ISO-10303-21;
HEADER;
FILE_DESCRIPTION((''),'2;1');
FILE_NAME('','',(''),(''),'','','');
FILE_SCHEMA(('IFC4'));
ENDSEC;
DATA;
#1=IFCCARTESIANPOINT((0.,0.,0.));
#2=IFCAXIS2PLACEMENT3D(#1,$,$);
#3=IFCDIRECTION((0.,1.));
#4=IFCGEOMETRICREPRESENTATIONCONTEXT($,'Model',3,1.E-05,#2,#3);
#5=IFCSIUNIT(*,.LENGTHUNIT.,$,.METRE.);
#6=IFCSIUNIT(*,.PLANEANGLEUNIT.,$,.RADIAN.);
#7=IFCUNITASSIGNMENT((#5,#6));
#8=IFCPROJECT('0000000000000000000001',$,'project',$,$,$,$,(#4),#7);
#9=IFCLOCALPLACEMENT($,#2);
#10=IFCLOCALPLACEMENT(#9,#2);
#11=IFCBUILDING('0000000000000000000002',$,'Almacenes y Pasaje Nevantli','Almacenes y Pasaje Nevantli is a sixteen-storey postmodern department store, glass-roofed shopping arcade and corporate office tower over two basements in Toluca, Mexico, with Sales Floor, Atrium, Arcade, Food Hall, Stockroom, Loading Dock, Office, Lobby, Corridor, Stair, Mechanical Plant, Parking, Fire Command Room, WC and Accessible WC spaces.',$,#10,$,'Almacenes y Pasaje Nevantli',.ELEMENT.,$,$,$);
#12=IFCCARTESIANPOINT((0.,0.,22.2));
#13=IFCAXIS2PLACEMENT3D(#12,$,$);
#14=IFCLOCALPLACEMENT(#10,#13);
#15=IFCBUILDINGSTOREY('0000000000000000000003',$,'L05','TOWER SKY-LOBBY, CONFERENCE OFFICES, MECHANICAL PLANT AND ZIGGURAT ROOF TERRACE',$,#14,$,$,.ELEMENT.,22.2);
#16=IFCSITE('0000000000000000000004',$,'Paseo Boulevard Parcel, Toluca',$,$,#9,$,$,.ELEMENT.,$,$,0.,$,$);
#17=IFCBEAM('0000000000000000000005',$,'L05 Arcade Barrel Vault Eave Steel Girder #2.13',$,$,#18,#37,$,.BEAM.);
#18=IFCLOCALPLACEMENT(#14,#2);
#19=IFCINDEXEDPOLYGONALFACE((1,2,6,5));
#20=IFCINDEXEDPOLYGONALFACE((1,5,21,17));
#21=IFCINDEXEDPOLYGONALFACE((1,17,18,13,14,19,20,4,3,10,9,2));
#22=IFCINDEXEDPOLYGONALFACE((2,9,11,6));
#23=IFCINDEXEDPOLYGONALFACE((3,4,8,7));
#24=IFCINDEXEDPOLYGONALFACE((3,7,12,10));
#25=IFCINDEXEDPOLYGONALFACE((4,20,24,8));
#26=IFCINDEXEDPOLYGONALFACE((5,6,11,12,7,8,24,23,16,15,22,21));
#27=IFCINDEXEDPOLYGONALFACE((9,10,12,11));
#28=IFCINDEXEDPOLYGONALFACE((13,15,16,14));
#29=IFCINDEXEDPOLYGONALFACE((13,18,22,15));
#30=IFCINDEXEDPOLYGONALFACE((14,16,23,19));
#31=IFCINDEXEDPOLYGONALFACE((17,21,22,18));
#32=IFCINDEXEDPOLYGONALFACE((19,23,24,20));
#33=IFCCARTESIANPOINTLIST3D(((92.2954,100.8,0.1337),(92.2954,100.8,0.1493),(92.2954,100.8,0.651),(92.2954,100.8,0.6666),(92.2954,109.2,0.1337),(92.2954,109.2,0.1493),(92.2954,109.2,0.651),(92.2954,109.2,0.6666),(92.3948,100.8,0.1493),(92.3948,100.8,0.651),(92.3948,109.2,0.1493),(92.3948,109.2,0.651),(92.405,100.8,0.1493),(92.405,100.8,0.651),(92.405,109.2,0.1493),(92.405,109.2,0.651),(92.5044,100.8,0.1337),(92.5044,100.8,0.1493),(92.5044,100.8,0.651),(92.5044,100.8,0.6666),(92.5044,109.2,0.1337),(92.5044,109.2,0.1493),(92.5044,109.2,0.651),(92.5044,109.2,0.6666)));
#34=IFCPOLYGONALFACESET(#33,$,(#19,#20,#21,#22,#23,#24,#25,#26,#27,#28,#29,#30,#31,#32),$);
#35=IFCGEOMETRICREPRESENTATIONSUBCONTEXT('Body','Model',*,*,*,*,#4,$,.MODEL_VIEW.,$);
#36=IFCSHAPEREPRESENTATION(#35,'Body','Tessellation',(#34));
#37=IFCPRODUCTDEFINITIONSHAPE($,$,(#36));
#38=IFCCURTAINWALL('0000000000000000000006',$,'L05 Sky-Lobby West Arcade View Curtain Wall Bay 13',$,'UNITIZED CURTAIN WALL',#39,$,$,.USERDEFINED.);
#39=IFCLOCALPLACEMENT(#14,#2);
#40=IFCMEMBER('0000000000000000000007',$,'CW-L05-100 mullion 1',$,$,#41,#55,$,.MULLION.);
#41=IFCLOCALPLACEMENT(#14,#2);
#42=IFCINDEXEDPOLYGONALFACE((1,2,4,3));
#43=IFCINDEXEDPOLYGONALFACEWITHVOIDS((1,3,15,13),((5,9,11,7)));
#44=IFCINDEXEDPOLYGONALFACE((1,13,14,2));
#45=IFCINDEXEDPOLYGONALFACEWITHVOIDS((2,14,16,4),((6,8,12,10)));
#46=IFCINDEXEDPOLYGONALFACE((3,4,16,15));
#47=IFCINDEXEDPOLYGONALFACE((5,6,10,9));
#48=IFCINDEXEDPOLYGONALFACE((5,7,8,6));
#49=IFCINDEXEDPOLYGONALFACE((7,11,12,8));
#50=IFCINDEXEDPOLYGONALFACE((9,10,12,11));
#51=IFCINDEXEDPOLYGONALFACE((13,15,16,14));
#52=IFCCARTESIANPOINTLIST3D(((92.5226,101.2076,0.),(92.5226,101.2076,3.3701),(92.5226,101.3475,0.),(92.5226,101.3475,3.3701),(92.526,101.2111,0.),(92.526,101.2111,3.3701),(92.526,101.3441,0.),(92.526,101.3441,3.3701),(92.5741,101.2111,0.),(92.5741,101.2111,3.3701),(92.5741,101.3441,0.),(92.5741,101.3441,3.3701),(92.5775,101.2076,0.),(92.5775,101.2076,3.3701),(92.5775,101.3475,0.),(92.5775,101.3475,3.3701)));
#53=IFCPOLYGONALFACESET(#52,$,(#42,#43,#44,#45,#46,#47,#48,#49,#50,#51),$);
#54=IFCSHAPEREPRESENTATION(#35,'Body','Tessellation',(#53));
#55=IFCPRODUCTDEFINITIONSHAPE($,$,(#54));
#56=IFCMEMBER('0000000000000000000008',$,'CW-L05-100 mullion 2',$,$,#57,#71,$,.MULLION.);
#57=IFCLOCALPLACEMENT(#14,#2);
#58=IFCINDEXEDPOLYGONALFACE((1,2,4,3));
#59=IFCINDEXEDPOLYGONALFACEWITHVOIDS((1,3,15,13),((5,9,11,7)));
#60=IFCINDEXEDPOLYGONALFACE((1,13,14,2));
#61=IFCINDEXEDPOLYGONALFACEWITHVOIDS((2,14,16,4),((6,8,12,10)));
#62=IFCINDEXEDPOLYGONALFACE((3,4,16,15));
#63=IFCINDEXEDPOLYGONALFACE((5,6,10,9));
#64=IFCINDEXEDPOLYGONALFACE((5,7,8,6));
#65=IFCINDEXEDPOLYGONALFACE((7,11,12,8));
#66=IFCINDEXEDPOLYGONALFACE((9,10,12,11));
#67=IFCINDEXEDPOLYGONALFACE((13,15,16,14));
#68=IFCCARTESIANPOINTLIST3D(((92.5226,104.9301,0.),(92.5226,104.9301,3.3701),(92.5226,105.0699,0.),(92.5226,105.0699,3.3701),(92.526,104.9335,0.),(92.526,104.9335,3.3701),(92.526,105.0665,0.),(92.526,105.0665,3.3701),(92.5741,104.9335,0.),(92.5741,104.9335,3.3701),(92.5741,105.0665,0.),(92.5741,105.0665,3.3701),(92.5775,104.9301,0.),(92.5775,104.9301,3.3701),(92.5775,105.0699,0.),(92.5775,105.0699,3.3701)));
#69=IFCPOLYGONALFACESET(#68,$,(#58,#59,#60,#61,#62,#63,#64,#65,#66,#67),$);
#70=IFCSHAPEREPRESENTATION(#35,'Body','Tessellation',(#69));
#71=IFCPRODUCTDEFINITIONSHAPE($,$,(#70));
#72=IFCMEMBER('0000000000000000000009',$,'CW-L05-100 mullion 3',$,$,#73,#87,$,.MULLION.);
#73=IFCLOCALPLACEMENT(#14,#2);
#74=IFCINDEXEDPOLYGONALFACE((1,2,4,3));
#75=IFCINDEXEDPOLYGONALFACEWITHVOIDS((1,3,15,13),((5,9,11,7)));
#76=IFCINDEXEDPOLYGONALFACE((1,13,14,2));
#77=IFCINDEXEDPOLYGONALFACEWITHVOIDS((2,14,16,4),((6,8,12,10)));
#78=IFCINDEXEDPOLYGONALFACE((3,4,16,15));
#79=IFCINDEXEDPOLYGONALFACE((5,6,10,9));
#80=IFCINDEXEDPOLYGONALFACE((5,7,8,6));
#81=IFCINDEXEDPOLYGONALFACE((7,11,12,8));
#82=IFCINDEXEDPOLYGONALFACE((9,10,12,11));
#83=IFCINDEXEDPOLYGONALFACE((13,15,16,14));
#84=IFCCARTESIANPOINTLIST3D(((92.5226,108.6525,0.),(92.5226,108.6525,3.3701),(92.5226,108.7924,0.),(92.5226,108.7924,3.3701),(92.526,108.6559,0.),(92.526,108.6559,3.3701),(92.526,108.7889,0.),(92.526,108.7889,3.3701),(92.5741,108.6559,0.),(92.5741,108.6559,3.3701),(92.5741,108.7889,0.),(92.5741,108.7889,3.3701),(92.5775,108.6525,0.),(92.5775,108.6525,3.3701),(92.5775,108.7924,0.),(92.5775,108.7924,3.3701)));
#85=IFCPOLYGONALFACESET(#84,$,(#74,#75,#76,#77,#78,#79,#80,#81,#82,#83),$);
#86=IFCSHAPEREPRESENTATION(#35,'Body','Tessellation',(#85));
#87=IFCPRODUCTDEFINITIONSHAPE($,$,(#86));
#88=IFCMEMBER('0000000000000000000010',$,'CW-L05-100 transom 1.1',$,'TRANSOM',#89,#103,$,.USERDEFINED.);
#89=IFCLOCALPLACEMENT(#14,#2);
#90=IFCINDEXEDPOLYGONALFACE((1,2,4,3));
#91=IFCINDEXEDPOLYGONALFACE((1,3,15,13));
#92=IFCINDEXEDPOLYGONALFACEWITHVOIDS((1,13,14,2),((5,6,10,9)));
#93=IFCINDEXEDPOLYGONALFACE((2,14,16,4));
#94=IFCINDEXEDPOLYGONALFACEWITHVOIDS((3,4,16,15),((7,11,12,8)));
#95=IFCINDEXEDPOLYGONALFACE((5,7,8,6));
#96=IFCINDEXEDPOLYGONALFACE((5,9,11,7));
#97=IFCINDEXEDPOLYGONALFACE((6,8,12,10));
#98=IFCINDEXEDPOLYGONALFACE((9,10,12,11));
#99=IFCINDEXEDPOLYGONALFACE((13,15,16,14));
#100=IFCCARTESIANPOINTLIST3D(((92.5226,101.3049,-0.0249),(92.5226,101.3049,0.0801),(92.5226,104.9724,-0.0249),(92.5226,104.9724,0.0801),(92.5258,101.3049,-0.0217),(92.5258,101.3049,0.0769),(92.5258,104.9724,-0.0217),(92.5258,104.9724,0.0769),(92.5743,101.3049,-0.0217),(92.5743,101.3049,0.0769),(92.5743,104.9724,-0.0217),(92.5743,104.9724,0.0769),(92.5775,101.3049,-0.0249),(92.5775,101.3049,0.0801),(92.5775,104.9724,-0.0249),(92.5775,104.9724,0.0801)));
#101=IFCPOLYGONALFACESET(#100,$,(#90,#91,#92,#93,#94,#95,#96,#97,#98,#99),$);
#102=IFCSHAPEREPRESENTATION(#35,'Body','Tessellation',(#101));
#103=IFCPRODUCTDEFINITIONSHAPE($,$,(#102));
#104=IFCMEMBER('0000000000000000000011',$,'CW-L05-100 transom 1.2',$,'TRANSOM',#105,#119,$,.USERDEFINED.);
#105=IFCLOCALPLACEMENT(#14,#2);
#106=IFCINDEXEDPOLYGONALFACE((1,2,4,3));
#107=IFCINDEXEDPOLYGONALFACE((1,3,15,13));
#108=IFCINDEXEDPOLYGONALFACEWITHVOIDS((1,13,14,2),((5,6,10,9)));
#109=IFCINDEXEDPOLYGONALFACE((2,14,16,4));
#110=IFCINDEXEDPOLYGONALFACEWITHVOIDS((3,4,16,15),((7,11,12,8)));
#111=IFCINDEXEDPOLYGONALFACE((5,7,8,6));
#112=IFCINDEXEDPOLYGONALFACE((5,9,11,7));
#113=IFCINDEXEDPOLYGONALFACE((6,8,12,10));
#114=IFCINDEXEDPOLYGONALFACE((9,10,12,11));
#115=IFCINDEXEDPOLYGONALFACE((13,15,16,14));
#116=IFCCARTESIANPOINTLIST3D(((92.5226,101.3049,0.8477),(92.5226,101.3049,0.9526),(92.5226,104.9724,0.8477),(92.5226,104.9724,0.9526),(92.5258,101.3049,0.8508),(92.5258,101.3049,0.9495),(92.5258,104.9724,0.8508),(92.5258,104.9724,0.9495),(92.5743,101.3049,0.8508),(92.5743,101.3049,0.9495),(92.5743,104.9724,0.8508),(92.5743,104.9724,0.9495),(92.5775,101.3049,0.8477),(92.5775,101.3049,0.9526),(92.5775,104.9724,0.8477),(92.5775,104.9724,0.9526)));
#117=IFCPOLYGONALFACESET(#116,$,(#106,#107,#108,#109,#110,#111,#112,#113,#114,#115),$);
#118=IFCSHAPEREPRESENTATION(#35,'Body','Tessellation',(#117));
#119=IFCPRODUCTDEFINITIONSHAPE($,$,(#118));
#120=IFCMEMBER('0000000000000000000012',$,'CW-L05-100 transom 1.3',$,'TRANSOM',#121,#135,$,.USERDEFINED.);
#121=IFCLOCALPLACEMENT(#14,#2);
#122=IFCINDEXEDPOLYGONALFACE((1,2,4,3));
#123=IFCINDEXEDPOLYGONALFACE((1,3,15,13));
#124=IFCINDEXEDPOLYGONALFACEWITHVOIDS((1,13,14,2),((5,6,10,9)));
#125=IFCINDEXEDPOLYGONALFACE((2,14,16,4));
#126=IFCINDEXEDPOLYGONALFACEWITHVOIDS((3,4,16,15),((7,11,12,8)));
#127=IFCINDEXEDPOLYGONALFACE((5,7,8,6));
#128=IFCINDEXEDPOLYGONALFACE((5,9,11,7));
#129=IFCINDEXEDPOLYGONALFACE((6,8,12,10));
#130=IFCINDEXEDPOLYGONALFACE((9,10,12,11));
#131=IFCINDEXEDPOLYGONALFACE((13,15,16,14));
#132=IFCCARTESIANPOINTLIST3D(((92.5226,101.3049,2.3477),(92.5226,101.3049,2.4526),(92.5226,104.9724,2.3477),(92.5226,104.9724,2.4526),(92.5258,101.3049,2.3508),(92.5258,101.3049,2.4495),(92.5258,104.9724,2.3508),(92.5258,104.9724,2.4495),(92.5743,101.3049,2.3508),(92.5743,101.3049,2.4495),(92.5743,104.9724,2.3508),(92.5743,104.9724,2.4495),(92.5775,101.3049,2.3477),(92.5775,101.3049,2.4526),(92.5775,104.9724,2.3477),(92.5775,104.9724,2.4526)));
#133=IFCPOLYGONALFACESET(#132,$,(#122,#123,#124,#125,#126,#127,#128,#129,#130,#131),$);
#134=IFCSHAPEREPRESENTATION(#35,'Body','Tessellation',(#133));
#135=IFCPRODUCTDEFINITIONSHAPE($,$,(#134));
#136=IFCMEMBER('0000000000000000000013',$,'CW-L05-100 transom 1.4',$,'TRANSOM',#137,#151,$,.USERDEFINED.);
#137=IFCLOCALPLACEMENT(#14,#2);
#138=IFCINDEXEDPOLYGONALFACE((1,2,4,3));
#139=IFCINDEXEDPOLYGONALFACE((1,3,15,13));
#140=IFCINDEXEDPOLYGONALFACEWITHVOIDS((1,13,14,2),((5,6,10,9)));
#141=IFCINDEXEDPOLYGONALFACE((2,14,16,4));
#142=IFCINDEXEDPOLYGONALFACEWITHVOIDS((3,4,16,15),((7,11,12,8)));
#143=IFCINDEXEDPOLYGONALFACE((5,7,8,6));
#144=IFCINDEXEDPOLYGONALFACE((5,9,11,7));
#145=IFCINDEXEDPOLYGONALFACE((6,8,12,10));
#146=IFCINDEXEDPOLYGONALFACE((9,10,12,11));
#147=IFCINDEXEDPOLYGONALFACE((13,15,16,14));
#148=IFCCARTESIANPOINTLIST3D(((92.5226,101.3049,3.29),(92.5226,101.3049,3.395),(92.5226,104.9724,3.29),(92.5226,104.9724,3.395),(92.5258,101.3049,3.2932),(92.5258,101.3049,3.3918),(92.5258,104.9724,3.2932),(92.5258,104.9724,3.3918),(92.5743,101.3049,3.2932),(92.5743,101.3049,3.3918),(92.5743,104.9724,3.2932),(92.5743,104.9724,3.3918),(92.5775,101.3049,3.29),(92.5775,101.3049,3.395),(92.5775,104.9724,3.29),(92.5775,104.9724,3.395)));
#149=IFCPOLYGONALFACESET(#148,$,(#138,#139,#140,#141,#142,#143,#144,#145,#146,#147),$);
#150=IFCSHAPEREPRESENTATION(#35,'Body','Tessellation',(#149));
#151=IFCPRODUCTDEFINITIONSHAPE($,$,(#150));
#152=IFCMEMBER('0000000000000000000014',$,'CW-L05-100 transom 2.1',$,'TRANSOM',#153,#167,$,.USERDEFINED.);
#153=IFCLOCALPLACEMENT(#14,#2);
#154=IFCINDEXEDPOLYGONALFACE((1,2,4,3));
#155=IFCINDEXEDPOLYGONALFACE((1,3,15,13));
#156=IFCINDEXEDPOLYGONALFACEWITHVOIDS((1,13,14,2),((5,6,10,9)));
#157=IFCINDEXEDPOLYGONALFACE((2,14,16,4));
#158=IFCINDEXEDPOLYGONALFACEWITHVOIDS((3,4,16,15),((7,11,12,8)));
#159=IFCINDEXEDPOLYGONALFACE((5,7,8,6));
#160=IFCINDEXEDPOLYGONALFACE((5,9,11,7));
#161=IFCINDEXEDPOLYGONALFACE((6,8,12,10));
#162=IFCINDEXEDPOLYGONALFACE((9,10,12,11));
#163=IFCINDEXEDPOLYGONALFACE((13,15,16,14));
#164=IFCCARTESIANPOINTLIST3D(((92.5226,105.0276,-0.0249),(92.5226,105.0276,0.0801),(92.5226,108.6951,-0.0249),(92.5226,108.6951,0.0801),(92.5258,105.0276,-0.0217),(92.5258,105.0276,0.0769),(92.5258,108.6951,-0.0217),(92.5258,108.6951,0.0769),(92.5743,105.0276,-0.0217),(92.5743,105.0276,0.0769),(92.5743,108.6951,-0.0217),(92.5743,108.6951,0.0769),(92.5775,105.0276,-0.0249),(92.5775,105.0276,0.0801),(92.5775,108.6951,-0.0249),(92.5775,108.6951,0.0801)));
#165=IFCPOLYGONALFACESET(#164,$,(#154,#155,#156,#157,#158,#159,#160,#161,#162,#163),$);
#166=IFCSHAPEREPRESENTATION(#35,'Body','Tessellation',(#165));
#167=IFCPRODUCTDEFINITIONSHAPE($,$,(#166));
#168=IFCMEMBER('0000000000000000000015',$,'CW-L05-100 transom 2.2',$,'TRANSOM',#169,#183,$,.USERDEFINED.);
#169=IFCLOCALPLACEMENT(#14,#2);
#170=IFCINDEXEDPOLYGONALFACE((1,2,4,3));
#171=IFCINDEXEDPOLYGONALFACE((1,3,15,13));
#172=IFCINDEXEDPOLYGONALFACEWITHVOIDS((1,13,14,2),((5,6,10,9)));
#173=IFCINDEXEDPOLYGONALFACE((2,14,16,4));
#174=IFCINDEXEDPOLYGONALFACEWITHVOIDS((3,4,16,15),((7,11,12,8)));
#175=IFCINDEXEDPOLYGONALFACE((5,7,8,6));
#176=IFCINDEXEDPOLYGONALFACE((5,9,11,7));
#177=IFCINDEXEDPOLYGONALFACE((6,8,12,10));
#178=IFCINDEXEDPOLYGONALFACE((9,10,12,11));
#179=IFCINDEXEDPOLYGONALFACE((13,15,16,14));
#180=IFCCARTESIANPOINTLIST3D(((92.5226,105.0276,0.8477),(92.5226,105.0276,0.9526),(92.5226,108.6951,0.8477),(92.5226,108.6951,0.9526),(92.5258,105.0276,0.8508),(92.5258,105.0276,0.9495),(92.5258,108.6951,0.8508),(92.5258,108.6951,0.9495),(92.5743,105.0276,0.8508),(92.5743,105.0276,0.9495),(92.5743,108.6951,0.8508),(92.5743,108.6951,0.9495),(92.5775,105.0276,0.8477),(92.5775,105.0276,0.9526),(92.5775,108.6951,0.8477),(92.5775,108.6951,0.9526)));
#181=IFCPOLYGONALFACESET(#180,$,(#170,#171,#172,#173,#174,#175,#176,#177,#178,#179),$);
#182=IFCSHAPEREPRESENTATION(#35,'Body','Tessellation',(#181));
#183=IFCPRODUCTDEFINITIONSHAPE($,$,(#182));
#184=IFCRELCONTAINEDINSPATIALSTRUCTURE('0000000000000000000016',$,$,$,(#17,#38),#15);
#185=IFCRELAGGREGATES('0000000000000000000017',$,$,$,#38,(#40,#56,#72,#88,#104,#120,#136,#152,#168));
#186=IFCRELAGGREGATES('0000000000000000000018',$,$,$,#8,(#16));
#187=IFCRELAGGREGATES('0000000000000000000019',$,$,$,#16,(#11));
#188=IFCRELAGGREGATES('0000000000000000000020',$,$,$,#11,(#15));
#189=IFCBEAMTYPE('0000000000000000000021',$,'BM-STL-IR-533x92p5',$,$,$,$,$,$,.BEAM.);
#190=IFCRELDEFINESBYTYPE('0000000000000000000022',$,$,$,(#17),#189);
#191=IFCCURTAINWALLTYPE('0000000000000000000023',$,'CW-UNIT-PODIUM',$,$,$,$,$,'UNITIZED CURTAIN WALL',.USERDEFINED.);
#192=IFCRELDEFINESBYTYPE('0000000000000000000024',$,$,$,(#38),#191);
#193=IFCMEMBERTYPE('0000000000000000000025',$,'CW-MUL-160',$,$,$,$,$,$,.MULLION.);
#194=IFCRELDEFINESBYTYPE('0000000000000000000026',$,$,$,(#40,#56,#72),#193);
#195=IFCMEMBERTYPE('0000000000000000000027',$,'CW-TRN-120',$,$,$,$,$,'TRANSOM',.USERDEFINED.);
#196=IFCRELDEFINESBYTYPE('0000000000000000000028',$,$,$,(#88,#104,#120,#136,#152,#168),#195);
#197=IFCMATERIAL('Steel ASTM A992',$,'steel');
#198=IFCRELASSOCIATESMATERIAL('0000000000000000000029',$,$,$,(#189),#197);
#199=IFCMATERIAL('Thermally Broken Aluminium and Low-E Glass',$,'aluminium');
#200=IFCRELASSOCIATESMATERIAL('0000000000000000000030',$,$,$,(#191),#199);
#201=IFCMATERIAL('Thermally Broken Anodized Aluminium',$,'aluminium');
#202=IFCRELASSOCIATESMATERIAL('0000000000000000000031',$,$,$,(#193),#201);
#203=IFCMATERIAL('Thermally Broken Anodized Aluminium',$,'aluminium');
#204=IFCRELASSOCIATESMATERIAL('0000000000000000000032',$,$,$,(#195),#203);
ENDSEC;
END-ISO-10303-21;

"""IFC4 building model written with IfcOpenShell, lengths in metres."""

from ifc_helpers import new_model, si_unit, direction, frame, origin, origin_2d, place, context, subcontext, project, spatial, hollow_rectangle, i_section, extrude, material, material_profile, profile_set, type_object, element, aggregate, save


model = new_model("IFC4")

# Units and contexts
model_context = context("Model", 3, precision=1e-05, world=origin(), true_north=direction((0.0, 1.0)))
body_context = subcontext(model_context, "Body", "Model", "MODEL_VIEW")
ifc_project = project(units=[si_unit("LENGTHUNIT", "METRE"), si_unit("PLANEANGLEUNIT", "RADIAN")], contexts=[model_context])

# Site, building, storey
site_placement = place(None, origin())
site = spatial("IfcSite", under=ifc_project, at=site_placement, Name="Paseo Boulevard Parcel, Toluca", CompositionType="ELEMENT", RefElevation=0.0)
building_placement = place(site_placement, origin())
building = spatial("IfcBuilding", under=site, at=building_placement, Name="Almacenes y Pasaje Nevantli", Description="Almacenes y Pasaje Nevantli is a sixteen-storey postmodern department store, glass-roofed shopping arcade and corporate office tower over two basements in Toluca, Mexico, with Sales Floor, Atrium, Arcade, Food Hall, Stockroom, Loading Dock, Office, Lobby, Corridor, Stair, Mechanical Plant, Parking, Fire Command Room, WC and Accessible WC spaces.", LongName="Almacenes y Pasaje Nevantli", CompositionType="ELEMENT")
storey_placement = place(building_placement, frame((0.0, 0.0, 22.2)))
storey = spatial("IfcBuildingStorey", under=building, at=storey_placement, Name="L05", Description="TOWER SKY-LOBBY, CONFERENCE OFFICES, MECHANICAL PLANT AND ZIGGURAT ROOF TERRACE", CompositionType="ELEMENT", Elevation=22.2)

# Beam
ifc_material_1 = material(Name="Steel ASTM A992", Category="steel")
ifc_material_profile_1 = material_profile(ifc_material_1, i_section(OverallWidth=0.209, OverallDepth=0.533, WebThickness=0.0103, FlangeThickness=0.0156, at=origin_2d()), Name="IR 533x92.5")
ifc_profile_set_1 = profile_set([ifc_material_profile_1], Name="Steel ASTM A992")
beam_type = type_object("IfcBeamType", Name="BM-STL-IR-533x92p5", PredefinedType="BEAM", material=ifc_profile_set_1)
beam_placement = place(storey_placement, frame((92.3999, 100.8, 0.4001), z_axis=(0.0, 1.0, 0.0), x_axis=(-1.0, 0.0, 0.0)))
element("IfcBeam", 1, at=beam_placement, inside=storey, type_object=beam_type, Name="L05 Arcade Barrel Vault Eave Steel Girder #2.13", PredefinedType="BEAM", context=body_context, shape_type="SweptSolid", body=[
    extrude(i_section(OverallWidth=0.209, OverallDepth=0.533, WebThickness=0.0103, FlangeThickness=0.0156, at=origin_2d()), origin(), (0.0, 0.0, 1.0), 8.3999),
])

# Curtain wall, members
ifc_material_2 = material(Name="Thermally Broken Aluminium and Low-E Glass", Category="aluminium")
curtain_wall_type = type_object("IfcCurtainWallType", Name="CW-UNIT-PODIUM", ElementType="UNITIZED CURTAIN WALL", PredefinedType="USERDEFINED", material=ifc_material_2)
curtain_wall_placement = place(storey_placement, origin())
curtain_wall = element("IfcCurtainWall", 2, at=curtain_wall_placement, inside=storey, type_object=curtain_wall_type, Name="L05 Sky-Lobby West Arcade View Curtain Wall Bay 13", ObjectType="UNITIZED CURTAIN WALL", PredefinedType="USERDEFINED")
ifc_material_3 = material(Name="Thermally Broken Anodized Aluminium", Category="aluminium")
ifc_material_profile_2 = material_profile(ifc_material_3, hollow_rectangle(XDim=0.0549, YDim=0.1399, WallThickness=0.0034, at=origin_2d()), Name="ALU-MUL-55x140")
ifc_profile_set_2 = profile_set([ifc_material_profile_2], Name="Thermally Broken Anodized Aluminium")
member_type_1 = type_object("IfcMemberType", Name="CW-MUL-160", PredefinedType="MULLION", material=ifc_profile_set_2)
member_1_placement = place(storey_placement, frame((92.55, 101.2776, 0.0), z_axis=(0.0, 0.0, 1.0), x_axis=(-1.0, 0.0, 0.0)))
member_1 = element("IfcMember", 3, at=member_1_placement, type_object=member_type_1, Name="CW-L05-100 mullion 1", PredefinedType="MULLION", context=body_context, shape_type="SweptSolid", body=[
    extrude(hollow_rectangle(XDim=0.0549, YDim=0.1399, WallThickness=0.0034, at=origin_2d()), origin(), (0.0, 0.0, 1.0), 3.3701),
])
member_2_placement = place(storey_placement, frame((92.55, 105.0, 0.0), z_axis=(0.0, 0.0, 1.0), x_axis=(-1.0, 0.0, 0.0)))
member_2 = element("IfcMember", 4, at=member_2_placement, type_object=member_type_1, Name="CW-L05-100 mullion 2", PredefinedType="MULLION", context=body_context, shape_type="SweptSolid", body=[
    extrude(hollow_rectangle(XDim=0.0549, YDim=0.1399, WallThickness=0.0034, at=origin_2d()), origin(), (0.0, 0.0, 1.0), 3.3701),
])
member_3_placement = place(storey_placement, frame((92.55, 108.7224, 0.0), z_axis=(0.0, 0.0, 1.0), x_axis=(-1.0, 0.0, 0.0)))
member_3 = element("IfcMember", 5, at=member_3_placement, type_object=member_type_1, Name="CW-L05-100 mullion 3", PredefinedType="MULLION", context=body_context, shape_type="SweptSolid", body=[
    extrude(hollow_rectangle(XDim=0.0549, YDim=0.1399, WallThickness=0.0034, at=origin_2d()), origin(), (0.0, 0.0, 1.0), 3.3701),
])
ifc_material_4 = material(Name="Thermally Broken Anodized Aluminium", Category="aluminium")
ifc_material_profile_3 = material_profile(ifc_material_4, hollow_rectangle(XDim=0.0549, YDim=0.105, WallThickness=0.0032, at=origin_2d()), Name="ALU-TRN-55x105")
ifc_profile_set_3 = profile_set([ifc_material_profile_3], Name="Thermally Broken Anodized Aluminium")
member_type_2 = type_object("IfcMemberType", Name="CW-TRN-120", ElementType="TRANSOM", PredefinedType="USERDEFINED", material=ifc_profile_set_3)
member_4_placement = place(storey_placement, frame((92.55, 101.3049, 0.0276), z_axis=(0.0, 1.0, 0.0), x_axis=(-1.0, 0.0, 0.0)))
member_4 = element("IfcMember", 6, at=member_4_placement, type_object=member_type_2, Name="CW-L05-100 transom 1.1", ObjectType="TRANSOM", PredefinedType="USERDEFINED", context=body_context, shape_type="SweptSolid", body=[
    extrude(hollow_rectangle(XDim=0.0549, YDim=0.105, WallThickness=0.0032, at=origin_2d()), origin(), (0.0, 0.0, 1.0), 3.6675),
])
member_5_placement = place(storey_placement, frame((92.55, 101.3049, 0.9001), z_axis=(0.0, 1.0, 0.0), x_axis=(-1.0, 0.0, 0.0)))
member_5 = element("IfcMember", 7, at=member_5_placement, type_object=member_type_2, Name="CW-L05-100 transom 1.2", ObjectType="TRANSOM", PredefinedType="USERDEFINED", context=body_context, shape_type="SweptSolid", body=[
    extrude(hollow_rectangle(XDim=0.0549, YDim=0.105, WallThickness=0.0032, at=origin_2d()), origin(), (0.0, 0.0, 1.0), 3.6675),
])
member_6_placement = place(storey_placement, frame((92.55, 101.3049, 2.4001), z_axis=(0.0, 1.0, 0.0), x_axis=(-1.0, 0.0, 0.0)))
member_6 = element("IfcMember", 8, at=member_6_placement, type_object=member_type_2, Name="CW-L05-100 transom 1.3", ObjectType="TRANSOM", PredefinedType="USERDEFINED", context=body_context, shape_type="SweptSolid", body=[
    extrude(hollow_rectangle(XDim=0.0549, YDim=0.105, WallThickness=0.0032, at=origin_2d()), origin(), (0.0, 0.0, 1.0), 3.6675),
])
member_7_placement = place(storey_placement, frame((92.55, 101.3049, 3.3425), z_axis=(0.0, 1.0, 0.0), x_axis=(-1.0, 0.0, 0.0)))
member_7 = element("IfcMember", 9, at=member_7_placement, type_object=member_type_2, Name="CW-L05-100 transom 1.4", ObjectType="TRANSOM", PredefinedType="USERDEFINED", context=body_context, shape_type="SweptSolid", body=[
    extrude(hollow_rectangle(XDim=0.0549, YDim=0.105, WallThickness=0.0032, at=origin_2d()), origin(), (0.0, 0.0, 1.0), 3.6675),
])
member_8_placement = place(storey_placement, frame((92.55, 105.0276, 0.0276), z_axis=(0.0, 1.0, 0.0), x_axis=(-1.0, 0.0, 0.0)))
member_8 = element("IfcMember", 10, at=member_8_placement, type_object=member_type_2, Name="CW-L05-100 transom 2.1", ObjectType="TRANSOM", PredefinedType="USERDEFINED", context=body_context, shape_type="SweptSolid", body=[
    extrude(hollow_rectangle(XDim=0.0549, YDim=0.105, WallThickness=0.0032, at=origin_2d()), origin(), (0.0, 0.0, 1.0), 3.6675),
])
member_9_placement = place(storey_placement, frame((92.55, 105.0276, 0.9001), z_axis=(0.0, 1.0, 0.0), x_axis=(-1.0, 0.0, 0.0)))
member_9 = element("IfcMember", 11, at=member_9_placement, type_object=member_type_2, Name="CW-L05-100 transom 2.2", ObjectType="TRANSOM", PredefinedType="USERDEFINED", context=body_context, shape_type="SweptSolid", body=[
    extrude(hollow_rectangle(XDim=0.0549, YDim=0.105, WallThickness=0.0032, at=origin_2d()), origin(), (0.0, 0.0, 1.0), 3.6675),
])

aggregate(curtain_wall, [member_1, member_2, member_3, member_4, member_5, member_6, member_7, member_8, member_9])

save(model, "model.ifc")
